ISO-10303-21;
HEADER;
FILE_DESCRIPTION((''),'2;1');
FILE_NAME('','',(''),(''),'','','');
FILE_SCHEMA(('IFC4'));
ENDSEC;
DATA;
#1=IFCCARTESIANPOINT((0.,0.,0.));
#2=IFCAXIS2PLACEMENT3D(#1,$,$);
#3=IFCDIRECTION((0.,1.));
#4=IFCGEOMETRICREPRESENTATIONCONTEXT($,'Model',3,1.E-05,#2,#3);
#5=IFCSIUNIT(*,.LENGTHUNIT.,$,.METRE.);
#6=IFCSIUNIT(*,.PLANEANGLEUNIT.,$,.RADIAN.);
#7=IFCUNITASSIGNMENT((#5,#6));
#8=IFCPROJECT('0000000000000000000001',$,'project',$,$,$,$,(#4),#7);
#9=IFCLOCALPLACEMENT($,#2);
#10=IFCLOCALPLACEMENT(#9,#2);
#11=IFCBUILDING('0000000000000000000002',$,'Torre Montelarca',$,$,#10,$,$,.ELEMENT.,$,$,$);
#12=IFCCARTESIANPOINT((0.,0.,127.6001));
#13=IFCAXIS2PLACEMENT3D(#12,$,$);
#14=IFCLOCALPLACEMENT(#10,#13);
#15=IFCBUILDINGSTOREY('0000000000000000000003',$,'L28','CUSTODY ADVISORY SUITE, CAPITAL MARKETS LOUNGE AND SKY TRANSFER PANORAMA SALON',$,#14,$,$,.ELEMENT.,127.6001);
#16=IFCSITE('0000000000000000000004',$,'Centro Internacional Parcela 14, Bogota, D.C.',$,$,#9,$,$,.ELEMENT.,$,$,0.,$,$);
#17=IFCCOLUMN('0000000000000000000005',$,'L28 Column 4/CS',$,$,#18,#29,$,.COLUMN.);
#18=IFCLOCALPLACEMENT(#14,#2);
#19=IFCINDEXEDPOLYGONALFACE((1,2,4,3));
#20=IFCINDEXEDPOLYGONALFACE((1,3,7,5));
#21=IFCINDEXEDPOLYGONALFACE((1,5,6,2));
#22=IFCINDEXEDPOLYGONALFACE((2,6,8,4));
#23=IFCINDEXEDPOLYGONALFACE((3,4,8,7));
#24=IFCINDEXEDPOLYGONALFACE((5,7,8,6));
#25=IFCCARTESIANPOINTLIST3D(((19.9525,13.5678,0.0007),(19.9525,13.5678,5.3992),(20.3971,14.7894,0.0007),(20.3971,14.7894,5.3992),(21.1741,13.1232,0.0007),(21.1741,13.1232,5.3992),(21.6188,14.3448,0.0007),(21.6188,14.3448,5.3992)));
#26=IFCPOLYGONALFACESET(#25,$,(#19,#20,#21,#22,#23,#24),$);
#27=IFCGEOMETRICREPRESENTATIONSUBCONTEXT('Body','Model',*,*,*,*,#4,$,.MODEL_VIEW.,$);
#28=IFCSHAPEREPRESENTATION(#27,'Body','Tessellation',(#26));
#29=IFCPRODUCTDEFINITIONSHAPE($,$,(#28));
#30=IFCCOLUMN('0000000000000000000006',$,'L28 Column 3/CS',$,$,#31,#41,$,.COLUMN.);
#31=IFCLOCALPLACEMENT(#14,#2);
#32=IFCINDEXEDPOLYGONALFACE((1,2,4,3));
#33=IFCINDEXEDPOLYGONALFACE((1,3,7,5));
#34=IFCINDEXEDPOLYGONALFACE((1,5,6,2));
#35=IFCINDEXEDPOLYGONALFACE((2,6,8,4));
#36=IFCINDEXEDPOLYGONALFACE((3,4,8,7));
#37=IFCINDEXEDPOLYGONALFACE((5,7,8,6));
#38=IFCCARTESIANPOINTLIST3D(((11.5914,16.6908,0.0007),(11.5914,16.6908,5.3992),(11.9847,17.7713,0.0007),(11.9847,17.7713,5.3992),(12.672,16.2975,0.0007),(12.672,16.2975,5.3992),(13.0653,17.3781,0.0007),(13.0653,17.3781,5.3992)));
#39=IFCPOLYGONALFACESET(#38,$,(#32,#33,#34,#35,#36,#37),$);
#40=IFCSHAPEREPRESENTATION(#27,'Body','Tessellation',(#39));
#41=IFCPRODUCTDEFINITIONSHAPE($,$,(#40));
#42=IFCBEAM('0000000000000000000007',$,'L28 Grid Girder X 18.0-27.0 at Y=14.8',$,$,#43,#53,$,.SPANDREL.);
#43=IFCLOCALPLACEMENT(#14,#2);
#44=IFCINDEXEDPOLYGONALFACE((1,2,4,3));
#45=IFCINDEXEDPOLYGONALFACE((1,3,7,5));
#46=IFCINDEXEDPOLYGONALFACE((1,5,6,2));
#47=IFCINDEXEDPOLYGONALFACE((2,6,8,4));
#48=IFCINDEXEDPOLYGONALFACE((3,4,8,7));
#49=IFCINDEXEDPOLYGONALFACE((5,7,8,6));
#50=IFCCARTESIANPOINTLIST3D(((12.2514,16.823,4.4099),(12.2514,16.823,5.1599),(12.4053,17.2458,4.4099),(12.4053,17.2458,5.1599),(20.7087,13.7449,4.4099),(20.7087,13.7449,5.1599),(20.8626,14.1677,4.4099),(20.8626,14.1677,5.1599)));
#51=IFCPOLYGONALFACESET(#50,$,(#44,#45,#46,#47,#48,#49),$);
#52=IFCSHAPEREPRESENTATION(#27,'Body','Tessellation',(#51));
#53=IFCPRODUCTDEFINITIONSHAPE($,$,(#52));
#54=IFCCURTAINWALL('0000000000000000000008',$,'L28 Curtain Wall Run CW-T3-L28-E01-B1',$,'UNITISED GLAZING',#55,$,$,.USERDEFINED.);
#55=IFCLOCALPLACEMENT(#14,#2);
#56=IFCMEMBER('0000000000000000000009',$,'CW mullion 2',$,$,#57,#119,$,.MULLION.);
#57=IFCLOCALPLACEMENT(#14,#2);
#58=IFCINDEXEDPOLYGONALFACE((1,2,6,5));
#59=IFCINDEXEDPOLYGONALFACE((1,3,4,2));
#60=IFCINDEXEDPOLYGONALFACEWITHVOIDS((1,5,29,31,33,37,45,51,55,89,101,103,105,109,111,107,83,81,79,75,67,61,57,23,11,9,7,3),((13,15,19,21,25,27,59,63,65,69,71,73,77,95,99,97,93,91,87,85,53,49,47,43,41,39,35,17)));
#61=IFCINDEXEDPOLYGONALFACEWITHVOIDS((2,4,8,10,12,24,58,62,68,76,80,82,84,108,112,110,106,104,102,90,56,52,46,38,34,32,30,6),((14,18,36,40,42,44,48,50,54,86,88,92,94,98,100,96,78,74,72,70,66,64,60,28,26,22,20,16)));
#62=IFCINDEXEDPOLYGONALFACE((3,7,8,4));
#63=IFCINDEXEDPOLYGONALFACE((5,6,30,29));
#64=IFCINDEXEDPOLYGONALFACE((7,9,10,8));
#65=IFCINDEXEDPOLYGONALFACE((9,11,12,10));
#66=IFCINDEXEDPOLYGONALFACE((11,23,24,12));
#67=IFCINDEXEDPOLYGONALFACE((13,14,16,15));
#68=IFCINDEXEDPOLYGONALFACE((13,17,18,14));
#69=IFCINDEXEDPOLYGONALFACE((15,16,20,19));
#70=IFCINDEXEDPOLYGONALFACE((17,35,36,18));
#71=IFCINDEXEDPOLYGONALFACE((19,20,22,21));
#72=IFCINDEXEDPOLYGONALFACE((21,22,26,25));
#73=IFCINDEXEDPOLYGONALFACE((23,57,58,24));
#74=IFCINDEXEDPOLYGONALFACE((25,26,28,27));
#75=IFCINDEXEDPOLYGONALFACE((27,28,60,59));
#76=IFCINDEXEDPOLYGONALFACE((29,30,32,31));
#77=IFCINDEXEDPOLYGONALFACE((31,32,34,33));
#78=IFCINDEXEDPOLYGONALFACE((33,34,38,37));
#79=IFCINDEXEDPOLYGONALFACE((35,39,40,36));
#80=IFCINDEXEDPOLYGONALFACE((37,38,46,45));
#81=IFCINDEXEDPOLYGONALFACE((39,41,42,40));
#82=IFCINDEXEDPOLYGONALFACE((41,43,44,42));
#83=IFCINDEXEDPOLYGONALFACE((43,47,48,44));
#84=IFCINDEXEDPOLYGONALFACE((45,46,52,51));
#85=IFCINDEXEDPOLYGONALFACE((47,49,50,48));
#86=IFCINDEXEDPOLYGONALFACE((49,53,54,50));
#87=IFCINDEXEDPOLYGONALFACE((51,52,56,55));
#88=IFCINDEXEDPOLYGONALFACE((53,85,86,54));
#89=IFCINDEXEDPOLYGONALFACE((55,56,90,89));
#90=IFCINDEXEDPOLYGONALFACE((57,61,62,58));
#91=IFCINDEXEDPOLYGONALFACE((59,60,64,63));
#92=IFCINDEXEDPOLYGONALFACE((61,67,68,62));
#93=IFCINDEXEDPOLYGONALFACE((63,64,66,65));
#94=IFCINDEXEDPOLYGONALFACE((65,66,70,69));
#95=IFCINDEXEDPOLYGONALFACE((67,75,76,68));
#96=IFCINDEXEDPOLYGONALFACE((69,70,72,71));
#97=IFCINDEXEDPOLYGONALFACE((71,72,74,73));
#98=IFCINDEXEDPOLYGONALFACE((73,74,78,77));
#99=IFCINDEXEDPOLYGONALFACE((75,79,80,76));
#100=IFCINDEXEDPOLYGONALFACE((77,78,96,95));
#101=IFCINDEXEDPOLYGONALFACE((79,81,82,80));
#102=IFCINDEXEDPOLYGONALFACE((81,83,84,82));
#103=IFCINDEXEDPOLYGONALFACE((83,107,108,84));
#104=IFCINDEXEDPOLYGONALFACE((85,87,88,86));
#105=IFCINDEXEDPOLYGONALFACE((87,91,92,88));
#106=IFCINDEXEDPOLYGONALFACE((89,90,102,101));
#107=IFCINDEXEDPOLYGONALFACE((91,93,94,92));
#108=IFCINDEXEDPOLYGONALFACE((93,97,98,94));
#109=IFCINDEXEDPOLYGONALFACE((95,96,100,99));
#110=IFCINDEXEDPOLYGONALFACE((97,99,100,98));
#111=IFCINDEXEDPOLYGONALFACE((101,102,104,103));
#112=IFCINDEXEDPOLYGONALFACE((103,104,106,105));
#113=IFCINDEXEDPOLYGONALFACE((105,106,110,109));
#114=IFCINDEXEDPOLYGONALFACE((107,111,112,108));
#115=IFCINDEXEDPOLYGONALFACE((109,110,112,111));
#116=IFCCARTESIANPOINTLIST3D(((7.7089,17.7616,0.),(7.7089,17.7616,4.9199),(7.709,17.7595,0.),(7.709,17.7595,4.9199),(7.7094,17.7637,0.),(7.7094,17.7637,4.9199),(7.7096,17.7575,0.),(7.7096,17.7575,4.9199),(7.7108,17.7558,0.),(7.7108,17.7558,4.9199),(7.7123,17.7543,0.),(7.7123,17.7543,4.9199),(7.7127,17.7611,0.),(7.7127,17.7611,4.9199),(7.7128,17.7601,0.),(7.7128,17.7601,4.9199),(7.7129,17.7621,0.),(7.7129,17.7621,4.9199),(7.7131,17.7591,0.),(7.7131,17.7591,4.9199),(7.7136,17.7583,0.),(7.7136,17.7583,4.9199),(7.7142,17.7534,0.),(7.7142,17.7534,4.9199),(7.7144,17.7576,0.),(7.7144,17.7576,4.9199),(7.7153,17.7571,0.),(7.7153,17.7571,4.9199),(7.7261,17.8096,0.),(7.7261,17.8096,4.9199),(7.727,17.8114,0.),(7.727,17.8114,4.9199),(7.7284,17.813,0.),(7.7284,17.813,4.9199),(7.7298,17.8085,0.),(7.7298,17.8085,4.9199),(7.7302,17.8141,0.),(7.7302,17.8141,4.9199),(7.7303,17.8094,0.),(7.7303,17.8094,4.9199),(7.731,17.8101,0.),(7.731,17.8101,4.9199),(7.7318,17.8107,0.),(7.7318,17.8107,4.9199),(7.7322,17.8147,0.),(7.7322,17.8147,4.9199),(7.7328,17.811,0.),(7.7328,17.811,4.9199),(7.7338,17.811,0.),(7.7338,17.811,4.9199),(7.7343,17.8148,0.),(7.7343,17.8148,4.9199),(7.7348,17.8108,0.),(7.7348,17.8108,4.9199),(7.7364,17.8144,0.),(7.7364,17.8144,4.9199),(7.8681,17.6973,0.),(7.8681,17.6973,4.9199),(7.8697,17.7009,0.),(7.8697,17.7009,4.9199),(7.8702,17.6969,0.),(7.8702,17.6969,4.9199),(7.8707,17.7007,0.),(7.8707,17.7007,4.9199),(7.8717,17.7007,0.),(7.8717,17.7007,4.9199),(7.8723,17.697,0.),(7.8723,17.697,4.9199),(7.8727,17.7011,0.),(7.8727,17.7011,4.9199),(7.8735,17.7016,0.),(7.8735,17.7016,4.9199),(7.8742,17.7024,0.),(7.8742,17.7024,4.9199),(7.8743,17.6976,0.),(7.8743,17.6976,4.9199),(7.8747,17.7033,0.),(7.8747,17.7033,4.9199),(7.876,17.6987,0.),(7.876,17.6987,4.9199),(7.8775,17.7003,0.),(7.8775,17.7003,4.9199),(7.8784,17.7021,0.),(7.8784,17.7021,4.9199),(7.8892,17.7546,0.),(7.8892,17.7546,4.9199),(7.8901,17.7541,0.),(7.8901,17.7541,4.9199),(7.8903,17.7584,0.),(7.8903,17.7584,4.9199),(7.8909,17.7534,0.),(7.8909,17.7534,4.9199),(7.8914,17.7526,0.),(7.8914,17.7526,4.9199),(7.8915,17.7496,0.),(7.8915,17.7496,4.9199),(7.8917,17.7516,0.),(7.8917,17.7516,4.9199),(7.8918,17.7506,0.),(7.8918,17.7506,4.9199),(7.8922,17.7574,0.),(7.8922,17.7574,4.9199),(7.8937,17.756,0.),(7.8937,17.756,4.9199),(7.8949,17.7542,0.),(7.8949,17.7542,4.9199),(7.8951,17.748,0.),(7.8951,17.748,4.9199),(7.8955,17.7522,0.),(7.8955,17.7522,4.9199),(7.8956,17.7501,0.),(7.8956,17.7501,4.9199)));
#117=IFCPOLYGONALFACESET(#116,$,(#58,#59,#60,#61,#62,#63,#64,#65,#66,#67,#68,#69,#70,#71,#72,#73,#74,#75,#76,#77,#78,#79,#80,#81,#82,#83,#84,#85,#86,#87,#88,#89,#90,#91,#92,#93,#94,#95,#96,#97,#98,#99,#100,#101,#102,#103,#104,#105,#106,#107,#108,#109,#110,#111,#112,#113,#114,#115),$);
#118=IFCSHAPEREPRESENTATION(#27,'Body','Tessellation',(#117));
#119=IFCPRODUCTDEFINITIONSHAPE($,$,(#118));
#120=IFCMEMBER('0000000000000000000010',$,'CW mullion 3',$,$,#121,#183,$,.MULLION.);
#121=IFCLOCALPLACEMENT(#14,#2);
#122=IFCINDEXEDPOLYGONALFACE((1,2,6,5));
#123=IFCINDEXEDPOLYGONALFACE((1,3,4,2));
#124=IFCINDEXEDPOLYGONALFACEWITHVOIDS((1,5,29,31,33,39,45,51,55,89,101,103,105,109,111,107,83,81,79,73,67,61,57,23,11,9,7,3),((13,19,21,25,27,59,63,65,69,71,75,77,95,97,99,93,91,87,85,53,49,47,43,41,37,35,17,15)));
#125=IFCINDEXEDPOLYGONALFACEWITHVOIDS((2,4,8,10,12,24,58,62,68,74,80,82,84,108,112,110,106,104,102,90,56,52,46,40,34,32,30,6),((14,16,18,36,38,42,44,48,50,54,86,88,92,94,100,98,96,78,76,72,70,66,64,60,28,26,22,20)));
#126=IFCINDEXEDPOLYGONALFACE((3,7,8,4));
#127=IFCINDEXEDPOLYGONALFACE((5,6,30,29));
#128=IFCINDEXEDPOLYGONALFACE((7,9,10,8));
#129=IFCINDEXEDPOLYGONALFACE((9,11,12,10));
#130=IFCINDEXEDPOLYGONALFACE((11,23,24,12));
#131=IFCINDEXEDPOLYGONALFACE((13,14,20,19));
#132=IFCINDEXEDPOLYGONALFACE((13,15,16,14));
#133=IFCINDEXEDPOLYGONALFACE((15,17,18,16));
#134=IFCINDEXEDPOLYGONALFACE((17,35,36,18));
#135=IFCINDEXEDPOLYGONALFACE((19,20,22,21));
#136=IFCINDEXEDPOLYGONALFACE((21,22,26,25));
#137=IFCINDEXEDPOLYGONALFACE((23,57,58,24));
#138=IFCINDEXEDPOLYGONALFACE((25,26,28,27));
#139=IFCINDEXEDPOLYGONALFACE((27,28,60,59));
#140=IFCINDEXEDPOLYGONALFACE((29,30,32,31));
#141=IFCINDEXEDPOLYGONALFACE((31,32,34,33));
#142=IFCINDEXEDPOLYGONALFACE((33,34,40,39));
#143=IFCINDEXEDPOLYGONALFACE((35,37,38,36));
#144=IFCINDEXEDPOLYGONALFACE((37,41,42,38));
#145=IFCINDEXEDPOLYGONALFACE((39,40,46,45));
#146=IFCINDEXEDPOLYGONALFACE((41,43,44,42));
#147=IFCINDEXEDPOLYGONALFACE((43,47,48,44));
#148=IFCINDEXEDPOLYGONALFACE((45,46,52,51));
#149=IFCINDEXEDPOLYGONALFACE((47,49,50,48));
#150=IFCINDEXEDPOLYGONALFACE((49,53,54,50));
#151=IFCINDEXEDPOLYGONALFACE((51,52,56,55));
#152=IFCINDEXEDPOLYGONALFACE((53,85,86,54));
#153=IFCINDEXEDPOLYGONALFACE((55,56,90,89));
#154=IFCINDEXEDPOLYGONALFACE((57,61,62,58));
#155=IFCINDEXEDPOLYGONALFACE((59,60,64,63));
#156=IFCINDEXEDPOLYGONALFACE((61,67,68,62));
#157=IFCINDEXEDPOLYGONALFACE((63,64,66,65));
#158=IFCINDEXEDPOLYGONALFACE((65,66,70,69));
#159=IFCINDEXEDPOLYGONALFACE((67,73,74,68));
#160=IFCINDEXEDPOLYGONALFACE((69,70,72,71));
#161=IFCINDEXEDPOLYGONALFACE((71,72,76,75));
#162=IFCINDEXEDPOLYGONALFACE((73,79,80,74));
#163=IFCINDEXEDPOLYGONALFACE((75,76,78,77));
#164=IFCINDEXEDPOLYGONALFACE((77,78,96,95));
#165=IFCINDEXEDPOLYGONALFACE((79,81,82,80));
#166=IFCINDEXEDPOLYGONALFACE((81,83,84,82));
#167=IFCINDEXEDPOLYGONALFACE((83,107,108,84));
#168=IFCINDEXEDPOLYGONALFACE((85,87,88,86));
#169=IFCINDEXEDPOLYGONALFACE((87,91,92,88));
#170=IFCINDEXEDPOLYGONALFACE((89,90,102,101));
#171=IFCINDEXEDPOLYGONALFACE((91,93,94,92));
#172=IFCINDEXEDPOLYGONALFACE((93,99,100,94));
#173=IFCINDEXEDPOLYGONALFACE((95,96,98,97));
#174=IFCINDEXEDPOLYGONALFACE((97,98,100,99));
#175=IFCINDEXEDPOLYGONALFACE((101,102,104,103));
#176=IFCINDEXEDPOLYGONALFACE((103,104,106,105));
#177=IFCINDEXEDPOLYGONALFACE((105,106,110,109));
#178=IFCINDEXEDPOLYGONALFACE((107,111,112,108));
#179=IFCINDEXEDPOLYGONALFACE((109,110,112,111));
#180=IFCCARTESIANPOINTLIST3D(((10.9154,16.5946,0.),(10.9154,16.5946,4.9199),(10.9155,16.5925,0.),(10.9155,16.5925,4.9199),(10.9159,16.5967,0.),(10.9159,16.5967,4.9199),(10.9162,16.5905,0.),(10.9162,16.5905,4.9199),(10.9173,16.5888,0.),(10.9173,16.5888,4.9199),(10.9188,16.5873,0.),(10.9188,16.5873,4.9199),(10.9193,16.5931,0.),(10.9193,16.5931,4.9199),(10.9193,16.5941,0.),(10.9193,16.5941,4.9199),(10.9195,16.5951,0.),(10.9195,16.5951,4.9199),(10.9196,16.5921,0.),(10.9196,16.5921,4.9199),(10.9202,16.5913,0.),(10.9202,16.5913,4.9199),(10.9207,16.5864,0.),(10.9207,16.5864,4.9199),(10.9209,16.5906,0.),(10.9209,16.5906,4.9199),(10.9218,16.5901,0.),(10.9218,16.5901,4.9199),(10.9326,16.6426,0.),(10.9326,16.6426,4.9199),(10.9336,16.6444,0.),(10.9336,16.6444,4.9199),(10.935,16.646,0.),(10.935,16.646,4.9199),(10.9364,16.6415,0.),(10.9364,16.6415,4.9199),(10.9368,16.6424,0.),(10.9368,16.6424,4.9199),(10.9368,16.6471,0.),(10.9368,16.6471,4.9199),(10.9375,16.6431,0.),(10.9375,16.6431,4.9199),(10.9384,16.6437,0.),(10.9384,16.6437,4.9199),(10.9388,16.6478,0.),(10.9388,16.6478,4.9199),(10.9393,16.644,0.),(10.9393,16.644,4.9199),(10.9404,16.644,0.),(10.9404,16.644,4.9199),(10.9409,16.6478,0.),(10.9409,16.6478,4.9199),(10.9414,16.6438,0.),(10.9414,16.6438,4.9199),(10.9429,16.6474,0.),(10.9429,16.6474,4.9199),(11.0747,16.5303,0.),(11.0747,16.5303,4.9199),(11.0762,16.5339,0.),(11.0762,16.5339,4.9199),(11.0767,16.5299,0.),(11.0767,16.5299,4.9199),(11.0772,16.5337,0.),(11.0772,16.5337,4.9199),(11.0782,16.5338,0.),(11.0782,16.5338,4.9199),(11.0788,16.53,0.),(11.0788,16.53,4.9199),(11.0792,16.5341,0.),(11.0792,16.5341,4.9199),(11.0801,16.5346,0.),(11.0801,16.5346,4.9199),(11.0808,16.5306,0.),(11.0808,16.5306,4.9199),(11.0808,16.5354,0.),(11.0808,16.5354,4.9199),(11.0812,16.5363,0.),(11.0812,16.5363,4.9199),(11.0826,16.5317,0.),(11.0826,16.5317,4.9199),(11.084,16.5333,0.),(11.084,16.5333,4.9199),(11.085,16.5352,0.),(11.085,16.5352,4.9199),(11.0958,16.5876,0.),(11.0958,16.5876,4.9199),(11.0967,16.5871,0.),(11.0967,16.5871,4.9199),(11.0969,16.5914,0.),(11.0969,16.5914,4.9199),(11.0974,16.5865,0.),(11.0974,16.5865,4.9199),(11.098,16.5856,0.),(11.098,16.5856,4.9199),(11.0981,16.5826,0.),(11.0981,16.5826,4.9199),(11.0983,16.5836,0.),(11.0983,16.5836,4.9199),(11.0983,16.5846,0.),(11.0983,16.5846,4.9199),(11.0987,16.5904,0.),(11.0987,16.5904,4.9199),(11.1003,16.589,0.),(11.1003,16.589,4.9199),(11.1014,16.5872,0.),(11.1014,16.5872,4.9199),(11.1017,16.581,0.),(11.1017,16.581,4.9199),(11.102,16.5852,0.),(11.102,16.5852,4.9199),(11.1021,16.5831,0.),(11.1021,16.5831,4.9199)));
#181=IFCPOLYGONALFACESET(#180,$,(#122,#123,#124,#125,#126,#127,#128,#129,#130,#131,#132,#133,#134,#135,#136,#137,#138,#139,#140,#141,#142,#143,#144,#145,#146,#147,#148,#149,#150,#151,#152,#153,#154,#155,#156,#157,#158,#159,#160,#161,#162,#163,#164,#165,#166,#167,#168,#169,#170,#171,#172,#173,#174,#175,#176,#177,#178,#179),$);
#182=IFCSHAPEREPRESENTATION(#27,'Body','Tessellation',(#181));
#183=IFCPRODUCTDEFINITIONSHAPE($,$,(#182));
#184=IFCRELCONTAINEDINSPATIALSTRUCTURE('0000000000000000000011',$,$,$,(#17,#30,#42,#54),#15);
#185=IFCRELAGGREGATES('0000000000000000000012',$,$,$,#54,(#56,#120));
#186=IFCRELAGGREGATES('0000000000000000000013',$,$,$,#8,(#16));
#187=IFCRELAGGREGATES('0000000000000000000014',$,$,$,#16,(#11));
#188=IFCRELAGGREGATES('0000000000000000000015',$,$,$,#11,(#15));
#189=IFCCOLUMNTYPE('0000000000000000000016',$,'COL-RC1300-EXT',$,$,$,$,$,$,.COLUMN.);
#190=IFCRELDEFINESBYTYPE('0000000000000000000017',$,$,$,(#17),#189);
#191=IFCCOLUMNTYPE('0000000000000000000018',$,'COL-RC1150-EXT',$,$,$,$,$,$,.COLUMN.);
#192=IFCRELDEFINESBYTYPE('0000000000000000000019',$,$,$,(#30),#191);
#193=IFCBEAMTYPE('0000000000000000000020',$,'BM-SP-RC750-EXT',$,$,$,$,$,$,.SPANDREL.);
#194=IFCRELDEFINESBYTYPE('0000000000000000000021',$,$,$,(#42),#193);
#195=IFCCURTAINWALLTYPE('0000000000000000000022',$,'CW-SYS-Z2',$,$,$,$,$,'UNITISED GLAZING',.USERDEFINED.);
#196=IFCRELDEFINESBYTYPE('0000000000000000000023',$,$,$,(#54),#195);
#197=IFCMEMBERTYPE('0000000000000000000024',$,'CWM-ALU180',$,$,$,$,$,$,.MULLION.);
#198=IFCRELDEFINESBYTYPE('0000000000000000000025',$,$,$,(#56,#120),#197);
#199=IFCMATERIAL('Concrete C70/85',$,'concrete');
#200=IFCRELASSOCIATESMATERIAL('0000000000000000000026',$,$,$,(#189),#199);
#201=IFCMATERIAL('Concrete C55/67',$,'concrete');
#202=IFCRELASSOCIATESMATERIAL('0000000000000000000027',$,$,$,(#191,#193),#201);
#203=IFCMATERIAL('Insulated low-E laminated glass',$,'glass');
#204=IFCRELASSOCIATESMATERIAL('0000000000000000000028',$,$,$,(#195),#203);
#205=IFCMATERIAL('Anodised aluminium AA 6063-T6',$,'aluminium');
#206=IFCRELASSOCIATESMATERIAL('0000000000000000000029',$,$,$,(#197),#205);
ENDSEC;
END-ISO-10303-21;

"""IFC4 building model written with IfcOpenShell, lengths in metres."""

from ifc_helpers import new_model, si_unit, direction, frame, origin, origin_2d, place, context, subcontext, project, spatial, rectangle, hollow_rectangle, extrude, source, transform, mapped, material, material_profile, profile_set, type_object, element, aggregate, save


model = new_model("IFC4")

# Units and contexts
model_context = context("Model", 3, precision=1e-05, world=origin(), true_north=direction((0.0, 1.0)))
body_context = subcontext(model_context, "Body", "Model", "MODEL_VIEW")
ifc_project = project(units=[si_unit("LENGTHUNIT", "METRE"), si_unit("PLANEANGLEUNIT", "RADIAN")], contexts=[model_context])

# Site, building, storey
site_placement = place(None, origin())
site = spatial("IfcSite", under=ifc_project, at=site_placement, Name="Centro Internacional Parcela 14, Bogota, D.C.", CompositionType="ELEMENT", RefElevation=0.0)
building_placement = place(site_placement, origin())
building = spatial("IfcBuilding", under=site, at=building_placement, Name="Torre Montelarca", CompositionType="ELEMENT")
storey_placement = place(building_placement, frame((0.0, 0.0, 127.6001)))
storey = spatial("IfcBuildingStorey", under=building, at=storey_placement, Name="L28", Description="CUSTODY ADVISORY SUITE, CAPITAL MARKETS LOUNGE AND SKY TRANSFER PANORAMA SALON", CompositionType="ELEMENT", Elevation=127.6001)

# Columns
ifc_material_1 = material(Name="Concrete C70/85", Category="concrete")
ifc_material_profile_1 = material_profile(ifc_material_1, rectangle(XDim=1.3, YDim=1.3, at=origin_2d()), Name="RC1300X1300", Category="concrete")
ifc_profile_set_1 = profile_set([ifc_material_profile_1], Name="Concrete C70/85")
column_type_1 = type_object("IfcColumnType", Name="COL-RC1300-EXT", PredefinedType="COLUMN", material=ifc_profile_set_1)
shared_shape_1 = source(origin(), body_context, "Body", "SweptSolid", [
    extrude(rectangle(XDim=1.3, YDim=1.3, at=origin_2d()), origin(), (0.0, 0.0, 1.0), 5.3984),
])
column_1_placement = place(storey_placement, frame((20.7856, 13.9563, 0.0007), z_axis=(0.0, 0.0, 1.0), x_axis=(-0.939693, 0.34202, 0.0)))
element("IfcColumn", 1, at=column_1_placement, inside=storey, type_object=column_type_1, Name="L28 Column 4/CS", PredefinedType="COLUMN", context=body_context, shape_type="MappedRepresentation", body=[
    mapped(shared_shape_1, transform((0.0, 0.0, 0.0), scale=1.0)),
])
ifc_material_2 = material(Name="Concrete C55/67", Category="concrete")
ifc_material_profile_2 = material_profile(ifc_material_2, rectangle(XDim=1.1499, YDim=1.1499, at=origin_2d()), Name="RC1150X1150", Category="concrete")
ifc_profile_set_2 = profile_set([ifc_material_profile_2], Name="Concrete C55/67")
column_type_2 = type_object("IfcColumnType", Name="COL-RC1150-EXT", PredefinedType="COLUMN", material=ifc_profile_set_2)
shared_shape_2 = source(origin(), body_context, "Body", "SweptSolid", [
    extrude(rectangle(XDim=1.1499, YDim=1.1499, at=origin_2d()), origin(), (0.0, 0.0, 1.0), 5.3984),
])
column_2_placement = place(storey_placement, frame((12.3284, 17.0344, 0.0007), z_axis=(0.0, 0.0, 1.0), x_axis=(-0.939693, 0.34202, 0.0)))
element("IfcColumn", 2, at=column_2_placement, inside=storey, type_object=column_type_2, Name="L28 Column 3/CS", PredefinedType="COLUMN", context=body_context, shape_type="MappedRepresentation", body=[
    mapped(shared_shape_2, transform((0.0, 0.0, 0.0), scale=1.0)),
])

# Beam
ifc_material_profile_3 = material_profile(ifc_material_2, rectangle(XDim=0.45, YDim=0.75, at=origin_2d()), Name="RCB450X750", Category="concrete")
ifc_profile_set_3 = profile_set([ifc_material_profile_3], Name="Concrete C55/67")
beam_type = type_object("IfcBeamType", Name="BM-SP-RC750-EXT", PredefinedType="SPANDREL", material=ifc_profile_set_3)
shared_shape_3 = source(origin(), body_context, "Body", "SweptSolid", [
    extrude(rectangle(XDim=0.45, YDim=0.75, at=origin_2d()), origin(), (0.0, 0.0, 1.0), 9.0),
])
beam_placement = place(storey_placement, frame((12.3284, 17.0344, 4.7849), z_axis=(0.939695, -0.342013, 0.0), x_axis=(0.342013, 0.939695, 0.0)))
element("IfcBeam", 3, at=beam_placement, inside=storey, type_object=beam_type, Name="L28 Grid Girder X 18.0-27.0 at Y=14.8", PredefinedType="SPANDREL", context=body_context, shape_type="MappedRepresentation", body=[
    mapped(shared_shape_3, transform((0.0, 0.0, 0.0), scale=1.0)),
])

# Curtain wall, members
ifc_material_3 = material(Name="Insulated low-E laminated glass", Category="glass")
curtain_wall_type = type_object("IfcCurtainWallType", Name="CW-SYS-Z2", ElementType="UNITISED GLAZING", PredefinedType="USERDEFINED", material=ifc_material_3)
curtain_wall_1_placement = place(storey_placement, origin())
curtain_wall_1 = element("IfcCurtainWall", 4, at=curtain_wall_1_placement, inside=storey, type_object=curtain_wall_type, Name="L28 Curtain Wall Run CW-T3-L28-E01-B1", ObjectType="UNITISED GLAZING", PredefinedType="USERDEFINED")
ifc_material_4 = material(Name="Anodised aluminium AA 6063-T6", Category="aluminium")
ifc_material_profile_4 = material_profile(ifc_material_4, hollow_rectangle(XDim=0.0649, YDim=0.1799, WallThickness=0.0039, InnerFilletRadius=0.0039, OuterFilletRadius=0.0081, at=origin_2d()), Name="ALU65X180X4", Category="aluminium")
ifc_profile_set_4 = profile_set([ifc_material_profile_4], Name="Anodised aluminium AA 6063-T6")
member_type_1 = type_object("IfcMemberType", Name="CWM-ALU180", PredefinedType="MULLION", material=ifc_profile_set_4)
shared_shape_4 = source(origin(), body_context, "Body", "SweptSolid", [
    extrude(hollow_rectangle(XDim=0.0649, YDim=0.1799, WallThickness=0.0039, InnerFilletRadius=0.0039, OuterFilletRadius=0.0081, at=origin_2d()), origin(), (0.0, 0.0, 1.0), 4.9199),
])
member_1_placement = place(storey_placement, frame((7.8022, 17.7559, 0.0), z_axis=(0.0, 0.0, 1.0), x_axis=(0.342004, 0.939698, 0.0)))
member_1 = element("IfcMember", 5, at=member_1_placement, type_object=member_type_1, Name="CW mullion 2", PredefinedType="MULLION", context=body_context, shape_type="MappedRepresentation", body=[
    mapped(shared_shape_4, transform((0.0, 0.0, 0.0), scale=1.0)),
])
member_2_placement = place(storey_placement, frame((11.0088, 16.5889, 0.0), z_axis=(0.0, 0.0, 1.0), x_axis=(0.342004, 0.939698, 0.0)))
member_2 = element("IfcMember", 6, at=member_2_placement, type_object=member_type_1, Name="CW mullion 3", PredefinedType="MULLION", context=body_context, shape_type="MappedRepresentation", body=[
    mapped(shared_shape_4, transform((0.0, 0.0, 0.0), scale=1.0)),
])

aggregate(curtain_wall_1, [member_1, member_2])

save(model, "model.ifc")
